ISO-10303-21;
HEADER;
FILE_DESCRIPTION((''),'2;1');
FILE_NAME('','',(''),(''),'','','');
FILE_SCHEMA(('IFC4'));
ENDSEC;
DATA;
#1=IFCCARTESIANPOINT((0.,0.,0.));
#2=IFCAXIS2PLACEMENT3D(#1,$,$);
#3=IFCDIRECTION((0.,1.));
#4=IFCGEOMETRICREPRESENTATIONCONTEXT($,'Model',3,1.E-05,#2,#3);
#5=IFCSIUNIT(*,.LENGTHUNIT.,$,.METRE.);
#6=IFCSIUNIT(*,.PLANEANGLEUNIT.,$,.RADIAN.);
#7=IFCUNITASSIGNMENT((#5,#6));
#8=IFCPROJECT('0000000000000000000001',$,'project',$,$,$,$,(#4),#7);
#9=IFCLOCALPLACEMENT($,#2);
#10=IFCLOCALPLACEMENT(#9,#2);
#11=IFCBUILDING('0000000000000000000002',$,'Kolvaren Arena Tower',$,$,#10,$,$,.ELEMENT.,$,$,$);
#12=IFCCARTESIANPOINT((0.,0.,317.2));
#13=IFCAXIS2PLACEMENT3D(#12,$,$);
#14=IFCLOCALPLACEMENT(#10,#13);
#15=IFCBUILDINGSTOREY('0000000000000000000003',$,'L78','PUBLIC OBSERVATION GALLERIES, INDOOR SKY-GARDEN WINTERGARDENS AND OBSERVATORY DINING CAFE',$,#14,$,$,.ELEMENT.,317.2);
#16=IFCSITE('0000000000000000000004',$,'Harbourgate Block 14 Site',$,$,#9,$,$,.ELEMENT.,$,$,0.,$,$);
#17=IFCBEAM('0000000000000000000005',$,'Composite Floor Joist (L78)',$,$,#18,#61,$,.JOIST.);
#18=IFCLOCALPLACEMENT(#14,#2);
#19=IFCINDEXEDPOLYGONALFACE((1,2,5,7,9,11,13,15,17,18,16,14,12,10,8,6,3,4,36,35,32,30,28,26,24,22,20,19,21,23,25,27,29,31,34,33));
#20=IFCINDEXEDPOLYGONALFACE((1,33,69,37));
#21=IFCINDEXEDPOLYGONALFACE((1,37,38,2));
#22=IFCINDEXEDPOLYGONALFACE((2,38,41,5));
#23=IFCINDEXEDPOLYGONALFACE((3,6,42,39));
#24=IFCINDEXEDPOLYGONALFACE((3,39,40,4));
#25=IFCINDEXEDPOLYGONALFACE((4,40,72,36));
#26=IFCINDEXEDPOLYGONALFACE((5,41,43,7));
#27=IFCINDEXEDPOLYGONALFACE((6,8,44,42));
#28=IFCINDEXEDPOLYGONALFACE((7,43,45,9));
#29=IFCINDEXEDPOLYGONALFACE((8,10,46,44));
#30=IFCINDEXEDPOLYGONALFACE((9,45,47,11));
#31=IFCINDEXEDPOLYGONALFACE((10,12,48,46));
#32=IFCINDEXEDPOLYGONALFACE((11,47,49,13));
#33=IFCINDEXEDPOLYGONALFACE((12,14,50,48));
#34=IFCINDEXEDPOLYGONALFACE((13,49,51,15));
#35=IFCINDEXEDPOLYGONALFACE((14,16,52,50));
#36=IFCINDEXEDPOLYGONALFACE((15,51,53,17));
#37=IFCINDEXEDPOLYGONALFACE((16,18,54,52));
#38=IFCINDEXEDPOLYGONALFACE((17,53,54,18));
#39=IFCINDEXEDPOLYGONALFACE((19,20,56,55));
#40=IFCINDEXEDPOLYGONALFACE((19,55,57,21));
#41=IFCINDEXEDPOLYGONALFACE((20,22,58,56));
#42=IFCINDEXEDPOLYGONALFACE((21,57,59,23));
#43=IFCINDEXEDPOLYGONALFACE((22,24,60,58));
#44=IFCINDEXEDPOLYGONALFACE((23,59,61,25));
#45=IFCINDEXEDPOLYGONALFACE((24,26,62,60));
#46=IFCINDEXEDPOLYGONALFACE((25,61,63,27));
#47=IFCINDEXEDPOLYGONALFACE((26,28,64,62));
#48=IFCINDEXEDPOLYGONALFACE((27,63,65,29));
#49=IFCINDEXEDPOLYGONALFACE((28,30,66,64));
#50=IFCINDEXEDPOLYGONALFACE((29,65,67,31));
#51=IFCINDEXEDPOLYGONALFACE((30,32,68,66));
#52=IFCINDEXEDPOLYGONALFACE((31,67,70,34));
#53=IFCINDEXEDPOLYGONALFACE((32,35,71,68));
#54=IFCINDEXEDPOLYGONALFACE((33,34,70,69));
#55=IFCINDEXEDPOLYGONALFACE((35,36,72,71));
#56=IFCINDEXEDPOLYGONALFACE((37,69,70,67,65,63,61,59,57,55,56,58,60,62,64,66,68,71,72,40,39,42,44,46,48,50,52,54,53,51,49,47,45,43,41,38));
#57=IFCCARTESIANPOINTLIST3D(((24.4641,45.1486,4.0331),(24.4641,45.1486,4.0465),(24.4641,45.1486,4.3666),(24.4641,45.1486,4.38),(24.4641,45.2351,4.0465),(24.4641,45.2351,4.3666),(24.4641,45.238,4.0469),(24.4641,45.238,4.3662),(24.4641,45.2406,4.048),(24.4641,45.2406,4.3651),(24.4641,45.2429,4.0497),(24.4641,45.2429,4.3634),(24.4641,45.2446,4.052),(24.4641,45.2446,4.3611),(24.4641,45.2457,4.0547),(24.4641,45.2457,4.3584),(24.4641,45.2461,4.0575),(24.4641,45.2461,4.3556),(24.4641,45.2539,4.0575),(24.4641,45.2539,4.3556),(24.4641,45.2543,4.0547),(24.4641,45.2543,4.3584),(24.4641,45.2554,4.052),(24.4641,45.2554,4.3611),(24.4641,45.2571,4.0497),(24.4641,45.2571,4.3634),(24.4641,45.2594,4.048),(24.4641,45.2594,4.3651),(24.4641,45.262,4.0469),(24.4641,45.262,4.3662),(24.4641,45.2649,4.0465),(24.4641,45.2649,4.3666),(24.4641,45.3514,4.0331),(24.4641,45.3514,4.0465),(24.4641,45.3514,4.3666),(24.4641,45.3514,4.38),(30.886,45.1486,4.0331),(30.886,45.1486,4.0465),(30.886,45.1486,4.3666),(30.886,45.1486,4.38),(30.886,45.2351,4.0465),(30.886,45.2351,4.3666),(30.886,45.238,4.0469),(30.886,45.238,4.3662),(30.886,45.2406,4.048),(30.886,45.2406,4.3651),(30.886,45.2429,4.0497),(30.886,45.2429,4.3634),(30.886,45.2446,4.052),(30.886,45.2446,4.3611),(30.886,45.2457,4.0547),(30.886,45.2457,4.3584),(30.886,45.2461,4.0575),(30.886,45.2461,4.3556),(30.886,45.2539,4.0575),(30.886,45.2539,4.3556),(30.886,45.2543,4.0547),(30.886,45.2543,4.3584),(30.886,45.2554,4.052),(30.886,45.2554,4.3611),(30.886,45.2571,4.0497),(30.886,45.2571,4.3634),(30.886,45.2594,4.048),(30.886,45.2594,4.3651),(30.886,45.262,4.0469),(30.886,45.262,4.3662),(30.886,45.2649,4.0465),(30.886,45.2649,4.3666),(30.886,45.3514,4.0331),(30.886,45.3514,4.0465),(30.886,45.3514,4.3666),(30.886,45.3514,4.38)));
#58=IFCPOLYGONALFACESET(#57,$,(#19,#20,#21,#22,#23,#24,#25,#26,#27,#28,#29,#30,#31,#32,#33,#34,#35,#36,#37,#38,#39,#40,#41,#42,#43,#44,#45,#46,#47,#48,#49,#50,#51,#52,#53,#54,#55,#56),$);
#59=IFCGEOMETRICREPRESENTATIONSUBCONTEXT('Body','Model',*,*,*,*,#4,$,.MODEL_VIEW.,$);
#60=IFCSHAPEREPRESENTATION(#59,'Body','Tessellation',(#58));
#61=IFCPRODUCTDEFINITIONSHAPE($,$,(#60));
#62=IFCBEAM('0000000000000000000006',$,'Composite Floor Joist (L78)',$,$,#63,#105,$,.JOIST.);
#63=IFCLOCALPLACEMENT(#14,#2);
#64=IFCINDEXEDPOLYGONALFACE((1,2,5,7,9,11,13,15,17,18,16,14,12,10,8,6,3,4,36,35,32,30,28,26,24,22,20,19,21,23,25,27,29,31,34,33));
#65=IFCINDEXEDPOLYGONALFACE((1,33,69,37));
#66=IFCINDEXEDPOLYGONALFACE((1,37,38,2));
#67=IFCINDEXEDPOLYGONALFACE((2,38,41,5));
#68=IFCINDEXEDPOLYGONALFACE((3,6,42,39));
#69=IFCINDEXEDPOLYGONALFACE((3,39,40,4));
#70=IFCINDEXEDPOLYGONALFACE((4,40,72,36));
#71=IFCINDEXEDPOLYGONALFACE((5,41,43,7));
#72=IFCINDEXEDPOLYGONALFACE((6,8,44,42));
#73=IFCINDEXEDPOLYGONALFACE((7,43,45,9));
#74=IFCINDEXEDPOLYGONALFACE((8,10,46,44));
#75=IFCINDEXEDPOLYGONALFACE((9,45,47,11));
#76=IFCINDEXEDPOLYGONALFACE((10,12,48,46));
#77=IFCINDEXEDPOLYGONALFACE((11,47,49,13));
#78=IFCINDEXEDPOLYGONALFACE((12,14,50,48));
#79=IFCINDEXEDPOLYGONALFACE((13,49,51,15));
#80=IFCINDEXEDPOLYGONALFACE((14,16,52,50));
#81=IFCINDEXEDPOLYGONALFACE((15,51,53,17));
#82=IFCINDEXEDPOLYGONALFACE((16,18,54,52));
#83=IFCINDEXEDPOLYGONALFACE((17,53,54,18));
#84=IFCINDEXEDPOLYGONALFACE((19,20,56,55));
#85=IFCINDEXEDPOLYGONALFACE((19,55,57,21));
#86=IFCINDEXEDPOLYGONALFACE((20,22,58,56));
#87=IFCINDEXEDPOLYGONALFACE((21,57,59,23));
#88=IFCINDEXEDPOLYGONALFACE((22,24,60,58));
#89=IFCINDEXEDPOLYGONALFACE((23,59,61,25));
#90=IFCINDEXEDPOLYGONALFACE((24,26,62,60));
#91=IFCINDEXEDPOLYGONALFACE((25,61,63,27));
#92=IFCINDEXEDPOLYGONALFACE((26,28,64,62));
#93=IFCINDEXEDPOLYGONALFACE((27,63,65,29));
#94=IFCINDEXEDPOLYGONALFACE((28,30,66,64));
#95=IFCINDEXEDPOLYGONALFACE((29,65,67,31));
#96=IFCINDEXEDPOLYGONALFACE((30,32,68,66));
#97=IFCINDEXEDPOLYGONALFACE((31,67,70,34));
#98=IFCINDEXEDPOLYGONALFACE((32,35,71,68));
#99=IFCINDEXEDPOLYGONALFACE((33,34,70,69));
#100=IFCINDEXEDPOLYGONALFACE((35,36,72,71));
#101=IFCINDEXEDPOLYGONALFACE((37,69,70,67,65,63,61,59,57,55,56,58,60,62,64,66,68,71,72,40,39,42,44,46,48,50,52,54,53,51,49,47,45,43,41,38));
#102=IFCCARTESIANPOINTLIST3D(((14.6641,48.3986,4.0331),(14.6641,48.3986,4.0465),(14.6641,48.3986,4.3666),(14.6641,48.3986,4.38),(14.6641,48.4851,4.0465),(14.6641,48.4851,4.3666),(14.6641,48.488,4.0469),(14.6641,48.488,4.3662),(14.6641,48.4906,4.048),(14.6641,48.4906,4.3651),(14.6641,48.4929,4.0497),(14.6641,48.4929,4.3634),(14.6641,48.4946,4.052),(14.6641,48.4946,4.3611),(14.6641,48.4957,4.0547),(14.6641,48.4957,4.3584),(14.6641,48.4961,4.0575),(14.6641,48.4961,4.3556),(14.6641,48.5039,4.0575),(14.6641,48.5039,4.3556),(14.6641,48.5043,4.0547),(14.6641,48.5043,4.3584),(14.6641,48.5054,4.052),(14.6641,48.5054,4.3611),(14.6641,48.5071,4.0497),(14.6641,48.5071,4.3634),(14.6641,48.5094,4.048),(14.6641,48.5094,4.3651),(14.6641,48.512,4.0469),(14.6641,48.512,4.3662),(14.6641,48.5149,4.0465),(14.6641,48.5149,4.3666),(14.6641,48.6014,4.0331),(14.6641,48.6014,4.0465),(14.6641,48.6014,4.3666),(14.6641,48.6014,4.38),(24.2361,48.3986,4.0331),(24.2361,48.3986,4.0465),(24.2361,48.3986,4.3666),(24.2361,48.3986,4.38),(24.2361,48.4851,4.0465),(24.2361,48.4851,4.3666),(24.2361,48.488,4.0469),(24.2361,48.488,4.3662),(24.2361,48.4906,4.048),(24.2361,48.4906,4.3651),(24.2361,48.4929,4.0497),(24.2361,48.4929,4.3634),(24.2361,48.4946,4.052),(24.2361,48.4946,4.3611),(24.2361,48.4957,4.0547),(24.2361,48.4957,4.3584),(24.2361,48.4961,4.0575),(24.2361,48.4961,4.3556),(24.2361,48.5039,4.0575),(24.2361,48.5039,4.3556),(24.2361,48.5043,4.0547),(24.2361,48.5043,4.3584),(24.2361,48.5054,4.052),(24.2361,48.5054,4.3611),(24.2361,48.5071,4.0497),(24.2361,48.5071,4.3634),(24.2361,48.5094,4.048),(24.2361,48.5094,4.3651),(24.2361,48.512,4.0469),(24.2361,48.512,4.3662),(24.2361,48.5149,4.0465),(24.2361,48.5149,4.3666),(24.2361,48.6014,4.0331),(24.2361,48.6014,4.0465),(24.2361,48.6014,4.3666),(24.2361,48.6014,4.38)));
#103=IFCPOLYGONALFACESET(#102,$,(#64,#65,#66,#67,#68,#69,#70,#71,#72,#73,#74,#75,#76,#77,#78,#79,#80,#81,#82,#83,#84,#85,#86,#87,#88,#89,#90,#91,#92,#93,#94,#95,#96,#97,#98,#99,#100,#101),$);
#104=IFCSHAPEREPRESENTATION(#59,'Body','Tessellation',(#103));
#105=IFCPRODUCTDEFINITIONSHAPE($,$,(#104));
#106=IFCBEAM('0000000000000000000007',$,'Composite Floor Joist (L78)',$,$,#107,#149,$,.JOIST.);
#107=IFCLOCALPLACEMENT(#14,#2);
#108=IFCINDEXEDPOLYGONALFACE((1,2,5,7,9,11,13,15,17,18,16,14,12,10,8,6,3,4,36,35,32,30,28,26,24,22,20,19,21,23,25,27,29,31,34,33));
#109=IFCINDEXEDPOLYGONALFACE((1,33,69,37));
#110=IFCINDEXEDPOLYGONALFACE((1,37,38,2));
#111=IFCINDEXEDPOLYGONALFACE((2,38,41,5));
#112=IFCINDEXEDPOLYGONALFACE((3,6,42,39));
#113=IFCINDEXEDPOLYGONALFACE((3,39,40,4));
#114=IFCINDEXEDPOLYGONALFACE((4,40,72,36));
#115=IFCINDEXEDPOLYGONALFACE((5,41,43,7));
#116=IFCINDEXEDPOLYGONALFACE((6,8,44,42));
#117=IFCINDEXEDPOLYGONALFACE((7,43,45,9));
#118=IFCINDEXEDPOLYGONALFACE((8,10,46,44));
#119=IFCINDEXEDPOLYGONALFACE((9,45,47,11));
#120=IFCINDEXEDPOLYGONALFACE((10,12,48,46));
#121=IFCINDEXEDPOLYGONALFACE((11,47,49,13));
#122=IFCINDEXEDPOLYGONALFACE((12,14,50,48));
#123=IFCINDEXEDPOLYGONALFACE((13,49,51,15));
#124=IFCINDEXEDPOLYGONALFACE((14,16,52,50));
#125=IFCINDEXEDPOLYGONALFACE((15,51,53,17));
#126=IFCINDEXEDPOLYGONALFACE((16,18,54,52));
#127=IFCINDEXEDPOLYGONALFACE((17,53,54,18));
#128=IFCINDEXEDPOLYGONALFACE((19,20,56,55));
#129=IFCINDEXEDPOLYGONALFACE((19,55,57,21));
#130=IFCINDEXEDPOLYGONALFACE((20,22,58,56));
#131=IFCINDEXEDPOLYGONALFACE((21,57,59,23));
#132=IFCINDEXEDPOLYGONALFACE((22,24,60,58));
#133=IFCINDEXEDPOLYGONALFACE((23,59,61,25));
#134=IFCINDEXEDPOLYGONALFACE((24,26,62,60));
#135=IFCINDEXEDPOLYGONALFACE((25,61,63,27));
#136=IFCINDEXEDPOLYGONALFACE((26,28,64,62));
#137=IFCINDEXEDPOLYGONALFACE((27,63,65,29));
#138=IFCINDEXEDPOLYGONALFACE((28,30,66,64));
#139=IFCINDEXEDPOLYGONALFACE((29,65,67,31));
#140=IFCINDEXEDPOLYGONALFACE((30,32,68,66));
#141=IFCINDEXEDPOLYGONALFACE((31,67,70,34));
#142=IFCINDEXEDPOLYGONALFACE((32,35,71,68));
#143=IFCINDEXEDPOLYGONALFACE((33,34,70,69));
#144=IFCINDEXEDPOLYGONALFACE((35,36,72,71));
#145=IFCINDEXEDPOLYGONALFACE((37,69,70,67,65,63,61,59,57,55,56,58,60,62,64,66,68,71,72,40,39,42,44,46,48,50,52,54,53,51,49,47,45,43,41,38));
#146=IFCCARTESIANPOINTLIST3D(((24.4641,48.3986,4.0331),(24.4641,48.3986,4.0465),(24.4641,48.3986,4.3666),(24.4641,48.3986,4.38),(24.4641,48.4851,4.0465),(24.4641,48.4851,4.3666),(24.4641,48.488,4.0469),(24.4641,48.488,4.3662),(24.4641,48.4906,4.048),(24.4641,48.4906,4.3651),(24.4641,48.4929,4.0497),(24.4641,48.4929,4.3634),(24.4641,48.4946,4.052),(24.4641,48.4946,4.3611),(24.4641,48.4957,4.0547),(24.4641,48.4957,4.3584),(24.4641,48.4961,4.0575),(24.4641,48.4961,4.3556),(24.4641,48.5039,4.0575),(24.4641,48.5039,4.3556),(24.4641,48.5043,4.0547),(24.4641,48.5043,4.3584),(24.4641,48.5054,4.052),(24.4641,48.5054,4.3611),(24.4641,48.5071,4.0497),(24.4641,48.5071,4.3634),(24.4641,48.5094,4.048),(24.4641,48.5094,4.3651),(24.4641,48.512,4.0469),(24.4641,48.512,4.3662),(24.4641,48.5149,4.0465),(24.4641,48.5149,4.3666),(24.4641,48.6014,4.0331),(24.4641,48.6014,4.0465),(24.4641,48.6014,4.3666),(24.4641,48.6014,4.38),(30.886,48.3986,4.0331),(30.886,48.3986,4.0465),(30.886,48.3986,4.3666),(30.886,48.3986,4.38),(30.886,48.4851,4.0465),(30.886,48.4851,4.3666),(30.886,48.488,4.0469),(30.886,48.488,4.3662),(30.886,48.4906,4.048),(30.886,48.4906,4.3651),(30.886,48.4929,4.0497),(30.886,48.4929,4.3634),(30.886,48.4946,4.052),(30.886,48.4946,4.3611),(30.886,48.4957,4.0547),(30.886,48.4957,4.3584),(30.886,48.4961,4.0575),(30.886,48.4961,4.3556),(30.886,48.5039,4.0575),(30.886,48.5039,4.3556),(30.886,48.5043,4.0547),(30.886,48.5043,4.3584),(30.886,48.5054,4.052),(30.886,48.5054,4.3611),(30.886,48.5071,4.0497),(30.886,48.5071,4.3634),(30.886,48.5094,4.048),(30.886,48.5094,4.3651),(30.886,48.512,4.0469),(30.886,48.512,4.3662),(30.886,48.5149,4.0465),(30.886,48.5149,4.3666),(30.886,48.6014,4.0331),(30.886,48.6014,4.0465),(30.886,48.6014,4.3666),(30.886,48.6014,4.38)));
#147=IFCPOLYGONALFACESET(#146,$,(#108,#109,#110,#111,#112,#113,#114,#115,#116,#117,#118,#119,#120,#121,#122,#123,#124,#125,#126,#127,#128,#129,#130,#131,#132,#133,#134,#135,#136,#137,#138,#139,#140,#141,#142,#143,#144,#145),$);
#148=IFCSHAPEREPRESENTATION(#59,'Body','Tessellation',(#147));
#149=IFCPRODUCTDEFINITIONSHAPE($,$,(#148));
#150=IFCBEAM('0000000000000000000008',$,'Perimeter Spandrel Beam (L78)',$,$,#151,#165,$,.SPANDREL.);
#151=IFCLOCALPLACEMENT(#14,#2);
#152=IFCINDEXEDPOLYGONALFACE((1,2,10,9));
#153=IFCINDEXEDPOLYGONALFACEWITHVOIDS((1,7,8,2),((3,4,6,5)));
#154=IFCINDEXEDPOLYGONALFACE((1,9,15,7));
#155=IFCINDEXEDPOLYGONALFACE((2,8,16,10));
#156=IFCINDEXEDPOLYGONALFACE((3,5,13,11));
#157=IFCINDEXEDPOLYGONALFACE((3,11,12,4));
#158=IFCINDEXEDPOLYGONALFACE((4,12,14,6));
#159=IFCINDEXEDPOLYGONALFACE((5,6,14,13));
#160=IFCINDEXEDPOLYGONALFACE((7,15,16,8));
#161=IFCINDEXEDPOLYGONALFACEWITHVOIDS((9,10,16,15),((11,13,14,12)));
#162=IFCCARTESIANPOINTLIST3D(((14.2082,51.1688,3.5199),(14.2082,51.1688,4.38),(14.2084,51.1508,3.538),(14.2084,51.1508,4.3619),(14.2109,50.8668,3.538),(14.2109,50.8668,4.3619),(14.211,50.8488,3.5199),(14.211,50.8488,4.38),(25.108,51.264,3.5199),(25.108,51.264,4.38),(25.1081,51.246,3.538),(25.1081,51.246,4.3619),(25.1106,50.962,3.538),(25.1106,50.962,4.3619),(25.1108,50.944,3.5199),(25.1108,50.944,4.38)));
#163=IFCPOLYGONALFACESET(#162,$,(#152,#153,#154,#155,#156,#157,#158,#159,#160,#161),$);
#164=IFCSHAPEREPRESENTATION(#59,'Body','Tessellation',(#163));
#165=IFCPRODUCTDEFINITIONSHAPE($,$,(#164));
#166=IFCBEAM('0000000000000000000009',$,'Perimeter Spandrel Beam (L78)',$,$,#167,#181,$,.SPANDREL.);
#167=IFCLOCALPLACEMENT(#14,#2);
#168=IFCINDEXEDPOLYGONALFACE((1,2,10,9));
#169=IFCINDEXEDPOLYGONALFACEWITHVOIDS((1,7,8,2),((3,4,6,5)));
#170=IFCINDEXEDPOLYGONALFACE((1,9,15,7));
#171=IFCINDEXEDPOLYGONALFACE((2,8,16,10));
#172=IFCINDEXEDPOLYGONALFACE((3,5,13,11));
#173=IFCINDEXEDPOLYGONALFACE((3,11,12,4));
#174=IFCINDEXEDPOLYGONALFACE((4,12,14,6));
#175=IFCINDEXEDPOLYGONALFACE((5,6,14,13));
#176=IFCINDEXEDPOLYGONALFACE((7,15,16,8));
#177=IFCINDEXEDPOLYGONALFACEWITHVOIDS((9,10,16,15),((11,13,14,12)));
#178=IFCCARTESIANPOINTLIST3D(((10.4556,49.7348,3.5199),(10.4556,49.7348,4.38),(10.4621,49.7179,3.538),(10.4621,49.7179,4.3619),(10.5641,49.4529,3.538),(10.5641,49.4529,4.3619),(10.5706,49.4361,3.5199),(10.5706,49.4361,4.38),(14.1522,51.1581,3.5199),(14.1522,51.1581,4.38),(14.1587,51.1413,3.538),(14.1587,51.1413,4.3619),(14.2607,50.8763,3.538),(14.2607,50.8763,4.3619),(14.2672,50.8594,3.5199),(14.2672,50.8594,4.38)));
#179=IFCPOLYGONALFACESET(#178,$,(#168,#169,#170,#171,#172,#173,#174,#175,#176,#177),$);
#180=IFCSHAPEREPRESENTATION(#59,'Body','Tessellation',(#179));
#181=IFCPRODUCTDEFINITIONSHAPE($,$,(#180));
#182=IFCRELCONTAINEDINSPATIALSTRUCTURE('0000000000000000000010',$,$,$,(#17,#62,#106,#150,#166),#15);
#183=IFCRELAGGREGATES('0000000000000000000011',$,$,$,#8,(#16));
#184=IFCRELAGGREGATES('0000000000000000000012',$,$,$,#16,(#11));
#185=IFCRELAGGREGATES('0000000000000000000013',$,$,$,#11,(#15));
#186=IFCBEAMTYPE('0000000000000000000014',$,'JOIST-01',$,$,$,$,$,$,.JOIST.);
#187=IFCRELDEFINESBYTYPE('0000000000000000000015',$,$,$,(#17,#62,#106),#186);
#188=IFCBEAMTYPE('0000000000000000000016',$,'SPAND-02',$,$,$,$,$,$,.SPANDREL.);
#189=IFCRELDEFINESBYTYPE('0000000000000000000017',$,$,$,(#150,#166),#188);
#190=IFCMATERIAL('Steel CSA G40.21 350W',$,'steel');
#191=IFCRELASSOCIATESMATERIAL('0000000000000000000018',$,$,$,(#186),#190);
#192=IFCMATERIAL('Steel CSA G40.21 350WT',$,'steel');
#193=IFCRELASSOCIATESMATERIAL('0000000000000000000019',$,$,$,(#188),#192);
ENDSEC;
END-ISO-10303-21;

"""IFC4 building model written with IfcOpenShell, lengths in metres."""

from ifc_helpers import new_model, si_unit, direction, frame, origin, origin_2d, place, context, subcontext, project, spatial, hollow_rectangle, i_section, extrude, material, material_profile, profile_set, type_object, element, save


model = new_model("IFC4")

# Units and contexts
model_context = context("Model", 3, precision=1e-05, world=origin(), true_north=direction((0.0, 1.0)))
body_context = subcontext(model_context, "Body", "Model", "MODEL_VIEW")
ifc_project = project(units=[si_unit("LENGTHUNIT", "METRE"), si_unit("PLANEANGLEUNIT", "RADIAN")], contexts=[model_context])

# Site, building, storey
site_placement = place(None, origin())
site = spatial("IfcSite", under=ifc_project, at=site_placement, Name="Harbourgate Block 14 Site", CompositionType="ELEMENT", RefElevation=0.0)
building_placement = place(site_placement, origin())
building = spatial("IfcBuilding", under=site, at=building_placement, Name="Kolvaren Arena Tower", CompositionType="ELEMENT")
storey_placement = place(building_placement, frame((0.0, 0.0, 317.2)))
storey = spatial("IfcBuildingStorey", under=building, at=storey_placement, Name="L78", Description="PUBLIC OBSERVATION GALLERIES, INDOOR SKY-GARDEN WINTERGARDENS AND OBSERVATORY DINING CAFE", CompositionType="ELEMENT", Elevation=317.2)

# Beams
ifc_material_1 = material(Name="Steel CSA G40.21 350W", Category="steel")
ifc_material_profile_1 = material_profile(ifc_material_1, i_section(OverallWidth=0.2029, OverallDepth=0.3469, WebThickness=0.0078, FlangeThickness=0.0134, FilletRadius=0.011, at=origin_2d()), Name="W360x64")
ifc_profile_set_1 = profile_set([ifc_material_profile_1], Name="Steel CSA G40.21 350W")
beam_type_1 = type_object("IfcBeamType", Name="JOIST-01", PredefinedType="JOIST", material=ifc_profile_set_1)
beam_1_placement = place(storey_placement, frame((24.4641, 45.25, 4.2065), z_axis=(1.0, 0.0, 0.0), x_axis=(0.0, 1.0, 0.0)))
element("IfcBeam", 1, at=beam_1_placement, inside=storey, type_object=beam_type_1, Name="Composite Floor Joist (L78)", PredefinedType="JOIST", context=body_context, shape_type="SweptSolid", body=[
    extrude(i_section(OverallWidth=0.2029, OverallDepth=0.3469, WebThickness=0.0078, FlangeThickness=0.0134, FilletRadius=0.011, at=origin_2d()), origin(), (0.0, 0.0, 1.0), 6.4219),
])
beam_2_placement = place(storey_placement, frame((14.6641, 48.5, 4.2065), z_axis=(1.0, 0.0, 0.0), x_axis=(0.0, 1.0, 0.0)))
element("IfcBeam", 2, at=beam_2_placement, inside=storey, type_object=beam_type_1, Name="Composite Floor Joist (L78)", PredefinedType="JOIST", context=body_context, shape_type="SweptSolid", body=[
    extrude(i_section(OverallWidth=0.2029, OverallDepth=0.3469, WebThickness=0.0078, FlangeThickness=0.0134, FilletRadius=0.011, at=origin_2d()), origin(), (0.0, 0.0, 1.0), 9.572),
])
beam_3_placement = place(storey_placement, frame((24.4641, 48.5, 4.2065), z_axis=(1.0, 0.0, 0.0), x_axis=(0.0, 1.0, 0.0)))
element("IfcBeam", 3, at=beam_3_placement, inside=storey, type_object=beam_type_1, Name="Composite Floor Joist (L78)", PredefinedType="JOIST", context=body_context, shape_type="SweptSolid", body=[
    extrude(i_section(OverallWidth=0.2029, OverallDepth=0.3469, WebThickness=0.0078, FlangeThickness=0.0134, FilletRadius=0.011, at=origin_2d()), origin(), (0.0, 0.0, 1.0), 6.4219),
])
ifc_material_2 = material(Name="Steel CSA G40.21 350WT", Category="steel")
ifc_material_profile_2 = material_profile(ifc_material_2, hollow_rectangle(XDim=0.3201, YDim=0.8601, WallThickness=0.0181, at=origin_2d()), Name="HSS 860x320x18")
ifc_profile_set_2 = profile_set([ifc_material_profile_2], Name="Steel CSA G40.21 350WT")
beam_type_2 = type_object("IfcBeamType", Name="SPAND-02", PredefinedType="SPANDREL", material=ifc_profile_set_2)
beam_4_placement = place(storey_placement, frame((25.1094, 51.104, 3.95), z_axis=(-0.999962, -0.008735, 0.0), x_axis=(0.008735, -0.999962, 0.0)))
element("IfcBeam", 4, at=beam_4_placement, inside=storey, type_object=beam_type_2, Name="Perimeter Spandrel Beam (L78)", PredefinedType="SPANDREL", context=body_context, shape_type="SweptSolid", body=[
    extrude(hollow_rectangle(XDim=0.3201, YDim=0.8601, WallThickness=0.0181, at=origin_2d()), origin(), (0.0, 0.0, 1.0), 10.9001),
])
beam_5_placement = place(storey_placement, frame((14.2097, 51.0088, 3.95), z_axis=(-0.933211, -0.35933, 0.0), x_axis=(0.35933, -0.933211, 0.0)))
element("IfcBeam", 5, at=beam_5_placement, inside=storey, type_object=beam_type_2, Name="Perimeter Spandrel Beam (L78)", PredefinedType="SPANDREL", context=body_context, shape_type="SweptSolid", body=[
    extrude(hollow_rectangle(XDim=0.3201, YDim=0.8601, WallThickness=0.0181, at=origin_2d()), origin(), (0.0, 0.0, 1.0), 3.9612),
])

save(model, "model.ifc")
